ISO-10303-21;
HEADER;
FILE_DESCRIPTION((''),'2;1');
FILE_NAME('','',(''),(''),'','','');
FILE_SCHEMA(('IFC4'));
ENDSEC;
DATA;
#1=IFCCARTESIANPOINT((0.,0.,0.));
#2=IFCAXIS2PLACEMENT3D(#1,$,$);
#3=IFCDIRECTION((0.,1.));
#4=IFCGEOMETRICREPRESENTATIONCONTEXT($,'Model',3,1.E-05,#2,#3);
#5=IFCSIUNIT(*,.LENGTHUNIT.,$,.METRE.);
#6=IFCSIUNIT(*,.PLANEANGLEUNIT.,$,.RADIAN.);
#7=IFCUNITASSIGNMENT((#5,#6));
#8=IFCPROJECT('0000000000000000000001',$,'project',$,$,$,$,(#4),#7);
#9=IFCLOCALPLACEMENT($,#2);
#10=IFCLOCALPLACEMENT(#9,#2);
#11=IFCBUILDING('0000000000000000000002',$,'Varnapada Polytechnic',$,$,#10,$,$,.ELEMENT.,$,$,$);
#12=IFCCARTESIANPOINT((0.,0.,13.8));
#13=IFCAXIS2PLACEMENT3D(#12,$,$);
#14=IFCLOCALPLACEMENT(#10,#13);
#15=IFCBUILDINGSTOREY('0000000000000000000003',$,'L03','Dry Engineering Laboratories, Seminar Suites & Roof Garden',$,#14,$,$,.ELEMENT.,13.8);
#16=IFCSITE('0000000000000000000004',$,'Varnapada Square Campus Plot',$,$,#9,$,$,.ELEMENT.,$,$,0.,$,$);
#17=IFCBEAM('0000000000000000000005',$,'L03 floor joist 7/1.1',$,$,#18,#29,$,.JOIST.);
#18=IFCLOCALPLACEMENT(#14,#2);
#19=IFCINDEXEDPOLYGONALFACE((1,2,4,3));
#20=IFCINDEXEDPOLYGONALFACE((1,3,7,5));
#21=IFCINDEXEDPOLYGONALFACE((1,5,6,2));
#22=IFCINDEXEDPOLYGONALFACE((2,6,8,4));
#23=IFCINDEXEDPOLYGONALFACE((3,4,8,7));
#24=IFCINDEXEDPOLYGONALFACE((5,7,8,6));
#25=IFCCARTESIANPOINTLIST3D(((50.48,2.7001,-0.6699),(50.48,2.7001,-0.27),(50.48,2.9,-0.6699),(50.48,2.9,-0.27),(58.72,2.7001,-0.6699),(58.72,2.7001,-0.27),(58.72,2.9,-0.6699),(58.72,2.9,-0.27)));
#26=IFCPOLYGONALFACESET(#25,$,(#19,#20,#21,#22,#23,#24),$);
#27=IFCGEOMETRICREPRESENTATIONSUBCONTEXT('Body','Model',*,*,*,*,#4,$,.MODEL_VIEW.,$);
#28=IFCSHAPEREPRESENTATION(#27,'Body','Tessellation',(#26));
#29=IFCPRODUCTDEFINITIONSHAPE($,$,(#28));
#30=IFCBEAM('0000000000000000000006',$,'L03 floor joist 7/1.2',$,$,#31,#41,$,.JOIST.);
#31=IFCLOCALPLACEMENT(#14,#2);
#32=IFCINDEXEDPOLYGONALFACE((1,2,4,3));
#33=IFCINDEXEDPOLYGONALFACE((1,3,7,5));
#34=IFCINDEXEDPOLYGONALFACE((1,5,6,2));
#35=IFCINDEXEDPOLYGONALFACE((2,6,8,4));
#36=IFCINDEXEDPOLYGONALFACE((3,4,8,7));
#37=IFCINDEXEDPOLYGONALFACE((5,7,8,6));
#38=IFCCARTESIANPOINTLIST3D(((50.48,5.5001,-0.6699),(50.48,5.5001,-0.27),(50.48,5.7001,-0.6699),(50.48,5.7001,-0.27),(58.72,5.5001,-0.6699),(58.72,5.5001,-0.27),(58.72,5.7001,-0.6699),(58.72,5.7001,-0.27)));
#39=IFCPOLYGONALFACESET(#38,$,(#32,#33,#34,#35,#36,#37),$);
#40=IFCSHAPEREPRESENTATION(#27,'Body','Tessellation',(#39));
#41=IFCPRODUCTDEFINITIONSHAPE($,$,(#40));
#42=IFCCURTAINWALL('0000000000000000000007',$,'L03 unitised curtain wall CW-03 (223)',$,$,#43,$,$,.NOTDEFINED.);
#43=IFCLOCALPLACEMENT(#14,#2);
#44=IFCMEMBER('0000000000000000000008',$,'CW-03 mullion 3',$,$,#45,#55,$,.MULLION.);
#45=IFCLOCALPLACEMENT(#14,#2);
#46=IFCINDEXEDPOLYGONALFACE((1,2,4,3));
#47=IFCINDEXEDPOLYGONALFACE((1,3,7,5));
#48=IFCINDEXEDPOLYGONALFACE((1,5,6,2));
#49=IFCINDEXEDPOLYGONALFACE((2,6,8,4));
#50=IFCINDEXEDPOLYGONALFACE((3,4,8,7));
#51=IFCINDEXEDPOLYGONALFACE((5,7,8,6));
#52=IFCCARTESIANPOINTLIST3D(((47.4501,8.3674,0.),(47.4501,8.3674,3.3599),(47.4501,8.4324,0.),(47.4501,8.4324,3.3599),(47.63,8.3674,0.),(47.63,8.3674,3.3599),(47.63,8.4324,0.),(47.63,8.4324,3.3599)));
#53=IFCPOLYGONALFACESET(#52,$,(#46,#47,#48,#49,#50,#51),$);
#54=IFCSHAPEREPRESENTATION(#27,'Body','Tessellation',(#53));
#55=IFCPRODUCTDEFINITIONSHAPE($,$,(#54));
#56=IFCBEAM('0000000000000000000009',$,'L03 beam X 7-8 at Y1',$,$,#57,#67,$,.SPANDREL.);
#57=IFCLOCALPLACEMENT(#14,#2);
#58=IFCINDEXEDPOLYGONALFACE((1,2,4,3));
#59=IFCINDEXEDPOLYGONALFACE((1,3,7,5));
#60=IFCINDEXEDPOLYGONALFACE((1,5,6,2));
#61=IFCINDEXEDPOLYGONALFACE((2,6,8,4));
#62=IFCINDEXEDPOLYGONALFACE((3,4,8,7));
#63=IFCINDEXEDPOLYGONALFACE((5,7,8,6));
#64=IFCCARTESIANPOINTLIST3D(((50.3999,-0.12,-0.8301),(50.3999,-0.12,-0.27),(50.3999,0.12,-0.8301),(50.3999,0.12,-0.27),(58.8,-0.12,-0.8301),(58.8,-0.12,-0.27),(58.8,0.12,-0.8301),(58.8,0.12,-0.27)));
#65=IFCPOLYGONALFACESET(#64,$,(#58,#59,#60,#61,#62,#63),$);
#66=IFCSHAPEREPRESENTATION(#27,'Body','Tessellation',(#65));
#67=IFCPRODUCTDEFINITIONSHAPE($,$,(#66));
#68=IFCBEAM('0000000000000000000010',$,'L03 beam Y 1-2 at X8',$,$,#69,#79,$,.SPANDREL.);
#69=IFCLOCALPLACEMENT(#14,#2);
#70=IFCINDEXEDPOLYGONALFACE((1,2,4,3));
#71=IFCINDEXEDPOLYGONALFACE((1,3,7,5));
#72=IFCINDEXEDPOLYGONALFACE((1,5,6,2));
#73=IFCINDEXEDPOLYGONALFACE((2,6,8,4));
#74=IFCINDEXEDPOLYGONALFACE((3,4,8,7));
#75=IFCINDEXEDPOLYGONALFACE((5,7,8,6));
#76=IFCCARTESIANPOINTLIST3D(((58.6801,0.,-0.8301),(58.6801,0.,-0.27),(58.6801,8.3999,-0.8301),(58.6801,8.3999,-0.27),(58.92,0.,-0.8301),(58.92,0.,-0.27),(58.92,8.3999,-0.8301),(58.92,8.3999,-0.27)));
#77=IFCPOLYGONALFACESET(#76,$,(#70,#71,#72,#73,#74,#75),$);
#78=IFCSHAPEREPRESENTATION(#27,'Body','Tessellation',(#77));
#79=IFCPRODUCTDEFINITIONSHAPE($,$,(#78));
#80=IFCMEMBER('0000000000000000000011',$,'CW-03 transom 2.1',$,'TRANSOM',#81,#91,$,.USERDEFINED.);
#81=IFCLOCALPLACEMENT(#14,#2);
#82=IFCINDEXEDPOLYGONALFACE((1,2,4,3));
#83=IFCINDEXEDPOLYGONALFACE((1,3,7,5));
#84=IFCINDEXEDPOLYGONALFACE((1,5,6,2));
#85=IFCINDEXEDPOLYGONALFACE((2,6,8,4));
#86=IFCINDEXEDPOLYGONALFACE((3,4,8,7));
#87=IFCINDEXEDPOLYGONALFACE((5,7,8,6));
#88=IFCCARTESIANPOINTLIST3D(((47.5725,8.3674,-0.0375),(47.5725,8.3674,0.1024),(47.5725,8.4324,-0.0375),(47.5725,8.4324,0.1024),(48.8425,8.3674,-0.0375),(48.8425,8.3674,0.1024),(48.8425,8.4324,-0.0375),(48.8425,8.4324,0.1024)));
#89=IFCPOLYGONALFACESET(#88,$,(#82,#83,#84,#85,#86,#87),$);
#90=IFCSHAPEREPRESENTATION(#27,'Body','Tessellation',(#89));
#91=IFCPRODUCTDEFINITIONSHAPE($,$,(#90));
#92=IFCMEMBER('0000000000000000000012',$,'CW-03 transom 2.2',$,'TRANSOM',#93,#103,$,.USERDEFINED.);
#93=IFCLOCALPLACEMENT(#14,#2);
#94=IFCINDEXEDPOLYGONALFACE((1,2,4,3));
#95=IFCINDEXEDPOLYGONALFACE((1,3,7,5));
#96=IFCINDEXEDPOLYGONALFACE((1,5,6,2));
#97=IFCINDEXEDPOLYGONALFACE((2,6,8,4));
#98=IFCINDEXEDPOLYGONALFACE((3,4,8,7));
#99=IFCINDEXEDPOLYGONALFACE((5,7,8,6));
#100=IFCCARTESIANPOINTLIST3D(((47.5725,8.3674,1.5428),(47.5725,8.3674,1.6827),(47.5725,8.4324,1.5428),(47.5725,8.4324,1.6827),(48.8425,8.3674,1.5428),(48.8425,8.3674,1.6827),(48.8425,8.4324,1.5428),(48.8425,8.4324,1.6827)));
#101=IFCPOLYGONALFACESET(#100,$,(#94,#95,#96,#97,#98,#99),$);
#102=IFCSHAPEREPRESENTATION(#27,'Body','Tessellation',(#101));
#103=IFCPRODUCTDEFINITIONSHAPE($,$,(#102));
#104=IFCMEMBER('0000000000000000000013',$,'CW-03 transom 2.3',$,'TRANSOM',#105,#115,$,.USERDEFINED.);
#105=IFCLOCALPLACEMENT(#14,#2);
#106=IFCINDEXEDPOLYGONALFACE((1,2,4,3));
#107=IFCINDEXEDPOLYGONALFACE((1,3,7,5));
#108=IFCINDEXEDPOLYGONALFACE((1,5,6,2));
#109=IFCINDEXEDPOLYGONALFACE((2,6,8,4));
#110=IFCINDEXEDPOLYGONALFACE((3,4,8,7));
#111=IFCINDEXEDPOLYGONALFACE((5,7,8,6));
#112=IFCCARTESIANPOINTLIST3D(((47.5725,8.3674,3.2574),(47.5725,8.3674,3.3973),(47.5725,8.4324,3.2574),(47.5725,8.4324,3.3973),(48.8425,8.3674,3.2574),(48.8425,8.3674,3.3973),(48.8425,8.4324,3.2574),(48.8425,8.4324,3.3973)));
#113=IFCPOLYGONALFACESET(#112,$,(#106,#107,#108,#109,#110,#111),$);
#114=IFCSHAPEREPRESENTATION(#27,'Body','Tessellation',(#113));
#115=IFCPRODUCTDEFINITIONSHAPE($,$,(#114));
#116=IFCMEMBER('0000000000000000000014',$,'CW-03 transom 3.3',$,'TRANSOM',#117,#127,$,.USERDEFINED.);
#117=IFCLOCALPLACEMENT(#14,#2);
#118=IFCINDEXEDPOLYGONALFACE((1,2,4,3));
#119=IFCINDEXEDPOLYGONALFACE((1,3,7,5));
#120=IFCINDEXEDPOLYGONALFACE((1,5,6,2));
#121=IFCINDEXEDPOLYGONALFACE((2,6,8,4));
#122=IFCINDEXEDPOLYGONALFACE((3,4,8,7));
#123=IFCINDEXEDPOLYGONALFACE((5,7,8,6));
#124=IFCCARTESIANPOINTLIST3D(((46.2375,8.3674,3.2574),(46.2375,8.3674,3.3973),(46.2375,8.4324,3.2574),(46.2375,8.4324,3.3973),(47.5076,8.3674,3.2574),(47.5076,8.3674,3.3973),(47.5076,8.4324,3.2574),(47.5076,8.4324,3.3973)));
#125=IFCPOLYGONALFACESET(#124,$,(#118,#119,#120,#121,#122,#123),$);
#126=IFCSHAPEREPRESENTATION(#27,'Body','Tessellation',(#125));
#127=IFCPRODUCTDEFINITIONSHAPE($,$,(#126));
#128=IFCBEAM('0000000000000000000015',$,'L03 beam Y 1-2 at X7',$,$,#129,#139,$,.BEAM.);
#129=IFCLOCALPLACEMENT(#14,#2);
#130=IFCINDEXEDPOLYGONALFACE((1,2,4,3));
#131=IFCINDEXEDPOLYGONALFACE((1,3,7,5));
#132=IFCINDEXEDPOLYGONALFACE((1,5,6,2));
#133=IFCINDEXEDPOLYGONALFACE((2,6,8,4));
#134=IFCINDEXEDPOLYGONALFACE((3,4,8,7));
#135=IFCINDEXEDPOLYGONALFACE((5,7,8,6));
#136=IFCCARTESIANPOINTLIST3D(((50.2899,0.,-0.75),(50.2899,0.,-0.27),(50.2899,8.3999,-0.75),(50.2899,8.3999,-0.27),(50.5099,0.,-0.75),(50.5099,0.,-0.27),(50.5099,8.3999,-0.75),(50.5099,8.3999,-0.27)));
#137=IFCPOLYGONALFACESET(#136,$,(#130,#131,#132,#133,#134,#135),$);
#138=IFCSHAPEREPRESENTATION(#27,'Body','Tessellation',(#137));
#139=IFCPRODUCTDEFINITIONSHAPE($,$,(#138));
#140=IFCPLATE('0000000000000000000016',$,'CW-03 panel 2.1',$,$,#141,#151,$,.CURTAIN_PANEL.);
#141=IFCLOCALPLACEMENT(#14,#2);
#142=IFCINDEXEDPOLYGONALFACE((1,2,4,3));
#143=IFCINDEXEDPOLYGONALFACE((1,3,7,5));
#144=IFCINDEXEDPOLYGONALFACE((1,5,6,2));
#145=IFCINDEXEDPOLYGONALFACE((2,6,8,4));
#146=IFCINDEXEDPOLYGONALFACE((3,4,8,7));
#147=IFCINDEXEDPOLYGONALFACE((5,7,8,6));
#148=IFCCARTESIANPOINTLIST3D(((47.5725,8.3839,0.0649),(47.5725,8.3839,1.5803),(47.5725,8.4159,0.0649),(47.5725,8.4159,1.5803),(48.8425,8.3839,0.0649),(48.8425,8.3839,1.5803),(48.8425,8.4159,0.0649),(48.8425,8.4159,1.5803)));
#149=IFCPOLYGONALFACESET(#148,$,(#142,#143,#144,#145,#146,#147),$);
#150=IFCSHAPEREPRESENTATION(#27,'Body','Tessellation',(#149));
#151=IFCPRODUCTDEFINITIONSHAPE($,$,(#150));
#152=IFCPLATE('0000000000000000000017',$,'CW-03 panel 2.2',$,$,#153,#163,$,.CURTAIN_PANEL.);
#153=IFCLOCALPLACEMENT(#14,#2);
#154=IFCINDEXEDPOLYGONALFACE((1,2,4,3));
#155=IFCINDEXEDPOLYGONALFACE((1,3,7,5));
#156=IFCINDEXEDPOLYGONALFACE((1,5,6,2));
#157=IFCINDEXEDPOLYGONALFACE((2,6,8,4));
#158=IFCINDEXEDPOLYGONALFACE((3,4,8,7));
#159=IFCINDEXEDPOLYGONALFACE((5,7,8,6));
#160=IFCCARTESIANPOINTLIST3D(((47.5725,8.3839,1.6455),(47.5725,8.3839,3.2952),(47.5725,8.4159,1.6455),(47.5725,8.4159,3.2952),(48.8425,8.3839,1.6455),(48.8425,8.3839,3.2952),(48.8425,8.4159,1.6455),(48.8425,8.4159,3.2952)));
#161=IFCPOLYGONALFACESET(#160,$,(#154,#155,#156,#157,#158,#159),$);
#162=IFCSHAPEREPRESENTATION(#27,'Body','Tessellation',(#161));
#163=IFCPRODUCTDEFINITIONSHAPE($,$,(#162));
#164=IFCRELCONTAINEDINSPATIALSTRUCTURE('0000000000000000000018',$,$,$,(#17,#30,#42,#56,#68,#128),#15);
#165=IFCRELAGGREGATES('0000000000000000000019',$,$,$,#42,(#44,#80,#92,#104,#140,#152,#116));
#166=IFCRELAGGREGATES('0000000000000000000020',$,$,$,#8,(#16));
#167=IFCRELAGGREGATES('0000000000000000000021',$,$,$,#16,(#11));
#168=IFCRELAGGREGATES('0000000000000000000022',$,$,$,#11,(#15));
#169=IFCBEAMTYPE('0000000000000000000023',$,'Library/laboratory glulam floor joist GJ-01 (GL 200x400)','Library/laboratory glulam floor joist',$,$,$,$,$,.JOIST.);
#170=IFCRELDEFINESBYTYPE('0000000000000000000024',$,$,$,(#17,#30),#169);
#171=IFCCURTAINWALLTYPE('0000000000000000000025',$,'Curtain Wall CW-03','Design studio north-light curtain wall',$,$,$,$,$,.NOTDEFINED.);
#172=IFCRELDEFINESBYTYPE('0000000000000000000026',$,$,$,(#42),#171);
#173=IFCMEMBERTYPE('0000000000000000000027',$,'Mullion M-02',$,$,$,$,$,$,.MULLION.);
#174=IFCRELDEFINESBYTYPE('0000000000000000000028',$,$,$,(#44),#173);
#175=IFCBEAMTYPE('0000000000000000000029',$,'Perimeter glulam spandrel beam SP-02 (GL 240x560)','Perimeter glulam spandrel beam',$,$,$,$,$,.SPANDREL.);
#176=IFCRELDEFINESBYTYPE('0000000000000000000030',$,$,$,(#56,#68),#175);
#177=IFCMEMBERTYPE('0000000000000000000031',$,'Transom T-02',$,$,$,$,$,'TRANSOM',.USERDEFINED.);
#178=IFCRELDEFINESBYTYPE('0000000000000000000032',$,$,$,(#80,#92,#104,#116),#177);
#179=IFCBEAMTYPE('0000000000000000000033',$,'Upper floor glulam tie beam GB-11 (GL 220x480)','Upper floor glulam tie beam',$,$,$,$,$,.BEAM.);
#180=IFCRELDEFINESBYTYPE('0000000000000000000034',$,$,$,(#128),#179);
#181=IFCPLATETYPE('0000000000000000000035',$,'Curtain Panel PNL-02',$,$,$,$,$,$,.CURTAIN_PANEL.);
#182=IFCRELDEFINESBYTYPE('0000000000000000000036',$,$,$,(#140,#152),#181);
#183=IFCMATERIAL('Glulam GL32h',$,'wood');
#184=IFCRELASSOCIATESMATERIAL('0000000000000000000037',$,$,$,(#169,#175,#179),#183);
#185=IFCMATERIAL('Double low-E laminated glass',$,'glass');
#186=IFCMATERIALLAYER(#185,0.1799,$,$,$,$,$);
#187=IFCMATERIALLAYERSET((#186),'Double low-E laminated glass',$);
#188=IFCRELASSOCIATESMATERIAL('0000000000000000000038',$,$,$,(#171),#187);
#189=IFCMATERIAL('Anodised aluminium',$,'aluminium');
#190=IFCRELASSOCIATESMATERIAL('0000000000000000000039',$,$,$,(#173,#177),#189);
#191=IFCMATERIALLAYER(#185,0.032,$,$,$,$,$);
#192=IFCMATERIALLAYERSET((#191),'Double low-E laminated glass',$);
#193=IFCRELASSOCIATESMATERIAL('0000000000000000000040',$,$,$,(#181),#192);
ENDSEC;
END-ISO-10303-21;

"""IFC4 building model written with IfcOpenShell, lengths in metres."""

from ifc_helpers import new_model, si_unit, direction, frame, origin, origin_2d, place, context, subcontext, project, spatial, rectangle, extrude, material, layer, layer_set, material_profile, profile_set, type_object, element, aggregate, save


model = new_model("IFC4")

# Units and contexts
model_context = context("Model", 3, precision=1e-05, world=origin(), true_north=direction((0.0, 1.0)))
body_context = subcontext(model_context, "Body", "Model", "MODEL_VIEW")
ifc_project = project(units=[si_unit("LENGTHUNIT", "METRE"), si_unit("PLANEANGLEUNIT", "RADIAN")], contexts=[model_context])

# Site, building, storey
site_placement = place(None, origin())
site = spatial("IfcSite", under=ifc_project, at=site_placement, Name="Varnapada Square Campus Plot", CompositionType="ELEMENT", RefElevation=0.0)
building_placement = place(site_placement, origin())
building = spatial("IfcBuilding", under=site, at=building_placement, Name="Varnapada Polytechnic", CompositionType="ELEMENT")
storey_placement = place(building_placement, frame((0.0, 0.0, 13.8)))
storey = spatial("IfcBuildingStorey", under=building, at=storey_placement, Name="L03", Description="Dry Engineering Laboratories, Seminar Suites & Roof Garden", CompositionType="ELEMENT", Elevation=13.8)

# Beams
ifc_material_1 = material(Name="Glulam GL32h", Category="wood")
ifc_material_profile_1 = material_profile(ifc_material_1, rectangle(XDim=0.2, YDim=0.3999, at=origin_2d()), Name="GL 200x400")
ifc_profile_set_1 = profile_set([ifc_material_profile_1], Name="Glulam GL32h")
beam_type_1 = type_object("IfcBeamType", Name="Library/laboratory glulam floor joist GJ-01 (GL 200x400)", Description="Library/laboratory glulam floor joist", PredefinedType="JOIST", material=ifc_profile_set_1)
for number, where, z_axis, x_axis, name in (
    (1, (50.48, 2.8, -0.47), (1.0, 0.0, 0.0), (0.0, 1.0, 0.0), "L03 floor joist 7/1.1"),
    (2, (50.48, 5.6001, -0.47), (1.0, 0.0, 0.0), (0.0, 1.0, 0.0), "L03 floor joist 7/1.2"),
):
    element("IfcBeam", number, at=place(storey_placement, frame(where, z_axis=z_axis, x_axis=x_axis)), inside=storey, type_object=beam_type_1, Name=name, PredefinedType="JOIST", context=body_context, shape_type="SweptSolid", body=[
        extrude(rectangle(XDim=0.2, YDim=0.3999, at=origin_2d()), origin(), (0.0, 0.0, 1.0), 8.24),
    ])

# Curtain wall, member
ifc_material_2 = material(Name="Double low-E laminated glass", Category="glass")
ifc_layer_1 = layer(ifc_material_2, 0.1799)
ifc_layer_set_1 = layer_set([ifc_layer_1], Name="Double low-E laminated glass")
curtain_wall_type = type_object("IfcCurtainWallType", Name="Curtain Wall CW-03", Description="Design studio north-light curtain wall", PredefinedType="NOTDEFINED", material=ifc_layer_set_1)
curtain_wall_placement = place(storey_placement, origin())
curtain_wall = element("IfcCurtainWall", 3, at=curtain_wall_placement, inside=storey, type_object=curtain_wall_type, Name="L03 unitised curtain wall CW-03 (223)", PredefinedType="NOTDEFINED")
ifc_material_3 = material(Name="Anodised aluminium", Category="aluminium")
ifc_material_profile_2 = material_profile(ifc_material_3, rectangle(XDim=0.0649, YDim=0.1799, at=origin_2d()), Name="ALU M65x180")
ifc_profile_set_2 = profile_set([ifc_material_profile_2], Name="Anodised aluminium")
member_type_1 = type_object("IfcMemberType", Name="Mullion M-02", PredefinedType="MULLION", material=ifc_profile_set_2)
member_1_placement = place(storey_placement, frame((47.54, 8.3999, 0.0), z_axis=(0.0, 0.0, 1.0), x_axis=(0.0, -1.0, 0.0)))
member_1 = element("IfcMember", 4, at=member_1_placement, type_object=member_type_1, Name="CW-03 mullion 3", PredefinedType="MULLION", context=body_context, shape_type="SweptSolid", body=[
    extrude(rectangle(XDim=0.0649, YDim=0.1799, at=origin_2d()), origin(), (0.0, 0.0, 1.0), 3.3599),
])

# Beams
ifc_material_profile_3 = material_profile(ifc_material_1, rectangle(XDim=0.24, YDim=0.5601, at=origin_2d()), Name="GL 240x560")
ifc_profile_set_3 = profile_set([ifc_material_profile_3], Name="Glulam GL32h")
beam_type_2 = type_object("IfcBeamType", Name="Perimeter glulam spandrel beam SP-02 (GL 240x560)", Description="Perimeter glulam spandrel beam", PredefinedType="SPANDREL", material=ifc_profile_set_3)
beam_1_placement = place(storey_placement, frame((50.3999, 0.0, -0.55), z_axis=(1.0, 0.0, 0.0), x_axis=(0.0, 1.0, 0.0)))
element("IfcBeam", 5, at=beam_1_placement, inside=storey, type_object=beam_type_2, Name="L03 beam X 7-8 at Y1", PredefinedType="SPANDREL", context=body_context, shape_type="SweptSolid", body=[
    extrude(rectangle(XDim=0.24, YDim=0.5601, at=origin_2d()), origin(), (0.0, 0.0, 1.0), 8.4001),
])
beam_2_placement = place(storey_placement, frame((58.8, 0.0, -0.55), z_axis=(0.0, 1.0, 0.0), x_axis=(-1.0, 0.0, 0.0)))
element("IfcBeam", 6, at=beam_2_placement, inside=storey, type_object=beam_type_2, Name="L03 beam Y 1-2 at X8", PredefinedType="SPANDREL", context=body_context, shape_type="SweptSolid", body=[
    extrude(rectangle(XDim=0.24, YDim=0.5601, at=origin_2d()), origin(), (0.0, 0.0, 1.0), 8.3999),
])

# Members
ifc_material_profile_4 = material_profile(ifc_material_3, rectangle(XDim=0.0649, YDim=0.1399, at=origin_2d()), Name="ALU T65x140")
ifc_profile_set_4 = profile_set([ifc_material_profile_4], Name="Anodised aluminium")
member_type_2 = type_object("IfcMemberType", Name="Transom T-02", ElementType="TRANSOM", PredefinedType="USERDEFINED", material=ifc_profile_set_4)
member_2_placement = place(storey_placement, frame((48.8425, 8.3999, 0.0325), z_axis=(-1.0, 0.0, 0.0), x_axis=(0.0, -1.0, 0.0)))
member_2 = element("IfcMember", 7, at=member_2_placement, type_object=member_type_2, Name="CW-03 transom 2.1", ObjectType="TRANSOM", PredefinedType="USERDEFINED", context=body_context, shape_type="SweptSolid", body=[
    extrude(rectangle(XDim=0.0649, YDim=0.1399, at=origin_2d()), origin(), (0.0, 0.0, 1.0), 1.27),
])
member_3_placement = place(storey_placement, frame((48.8425, 8.3999, 1.6128), z_axis=(-1.0, 0.0, 0.0), x_axis=(0.0, -1.0, 0.0)))
member_3 = element("IfcMember", 8, at=member_3_placement, type_object=member_type_2, Name="CW-03 transom 2.2", ObjectType="TRANSOM", PredefinedType="USERDEFINED", context=body_context, shape_type="SweptSolid", body=[
    extrude(rectangle(XDim=0.0649, YDim=0.1399, at=origin_2d()), origin(), (0.0, 0.0, 1.0), 1.27),
])
member_4_placement = place(storey_placement, frame((48.8425, 8.3999, 3.3274), z_axis=(-1.0, 0.0, 0.0), x_axis=(0.0, -1.0, 0.0)))
member_4 = element("IfcMember", 9, at=member_4_placement, type_object=member_type_2, Name="CW-03 transom 2.3", ObjectType="TRANSOM", PredefinedType="USERDEFINED", context=body_context, shape_type="SweptSolid", body=[
    extrude(rectangle(XDim=0.0649, YDim=0.1399, at=origin_2d()), origin(), (0.0, 0.0, 1.0), 1.27),
])
member_5_placement = place(storey_placement, frame((47.5076, 8.3999, 3.3274), z_axis=(-1.0, 0.0, 0.0), x_axis=(0.0, -1.0, 0.0)))
member_5 = element("IfcMember", 10, at=member_5_placement, type_object=member_type_2, Name="CW-03 transom 3.3", ObjectType="TRANSOM", PredefinedType="USERDEFINED", context=body_context, shape_type="SweptSolid", body=[
    extrude(rectangle(XDim=0.0649, YDim=0.1399, at=origin_2d()), origin(), (0.0, 0.0, 1.0), 1.27),
])

# Beam
ifc_material_profile_5 = material_profile(ifc_material_1, rectangle(XDim=0.22, YDim=0.48, at=origin_2d()), Name="GL 220x480")
ifc_profile_set_5 = profile_set([ifc_material_profile_5], Name="Glulam GL32h")
beam_type_3 = type_object("IfcBeamType", Name="Upper floor glulam tie beam GB-11 (GL 220x480)", Description="Upper floor glulam tie beam", PredefinedType="BEAM", material=ifc_profile_set_5)
beam_3_placement = place(storey_placement, frame((50.3999, 0.0, -0.51), z_axis=(0.0, 1.0, 0.0), x_axis=(-1.0, 0.0, 0.0)))
element("IfcBeam", 11, at=beam_3_placement, inside=storey, type_object=beam_type_3, Name="L03 beam Y 1-2 at X7", PredefinedType="BEAM", context=body_context, shape_type="SweptSolid", body=[
    extrude(rectangle(XDim=0.22, YDim=0.48, at=origin_2d()), origin(), (0.0, 0.0, 1.0), 8.3999),
])

# Plates
ifc_layer_2 = layer(ifc_material_2, 0.032)
ifc_layer_set_2 = layer_set([ifc_layer_2], Name="Double low-E laminated glass")
plate_type = type_object("IfcPlateType", Name="Curtain Panel PNL-02", PredefinedType="CURTAIN_PANEL", material=ifc_layer_set_2)
plate_1_placement = place(storey_placement, frame((48.2075, 8.3999, 0.0649), z_axis=(0.0, 0.0, 1.0), x_axis=(-1.0, 0.0, 0.0)))
plate_1 = element("IfcPlate", 12, at=plate_1_placement, type_object=plate_type, Name="CW-03 panel 2.1", PredefinedType="CURTAIN_PANEL", context=body_context, shape_type="SweptSolid", body=[
    extrude(rectangle(XDim=1.27, YDim=0.032, at=origin_2d()), origin(), (0.0, 0.0, 1.0), 1.5154),
])
plate_2_placement = place(storey_placement, frame((48.2075, 8.3999, 1.6455), z_axis=(0.0, 0.0, 1.0), x_axis=(-1.0, 0.0, 0.0)))
plate_2 = element("IfcPlate", 13, at=plate_2_placement, type_object=plate_type, Name="CW-03 panel 2.2", PredefinedType="CURTAIN_PANEL", context=body_context, shape_type="SweptSolid", body=[
    extrude(rectangle(XDim=1.27, YDim=0.032, at=origin_2d()), origin(), (0.0, 0.0, 1.0), 1.6497),
])
aggregate(curtain_wall, [member_1, member_2, member_3, member_4, plate_1, plate_2, member_5])

save(model, "model.ifc")
